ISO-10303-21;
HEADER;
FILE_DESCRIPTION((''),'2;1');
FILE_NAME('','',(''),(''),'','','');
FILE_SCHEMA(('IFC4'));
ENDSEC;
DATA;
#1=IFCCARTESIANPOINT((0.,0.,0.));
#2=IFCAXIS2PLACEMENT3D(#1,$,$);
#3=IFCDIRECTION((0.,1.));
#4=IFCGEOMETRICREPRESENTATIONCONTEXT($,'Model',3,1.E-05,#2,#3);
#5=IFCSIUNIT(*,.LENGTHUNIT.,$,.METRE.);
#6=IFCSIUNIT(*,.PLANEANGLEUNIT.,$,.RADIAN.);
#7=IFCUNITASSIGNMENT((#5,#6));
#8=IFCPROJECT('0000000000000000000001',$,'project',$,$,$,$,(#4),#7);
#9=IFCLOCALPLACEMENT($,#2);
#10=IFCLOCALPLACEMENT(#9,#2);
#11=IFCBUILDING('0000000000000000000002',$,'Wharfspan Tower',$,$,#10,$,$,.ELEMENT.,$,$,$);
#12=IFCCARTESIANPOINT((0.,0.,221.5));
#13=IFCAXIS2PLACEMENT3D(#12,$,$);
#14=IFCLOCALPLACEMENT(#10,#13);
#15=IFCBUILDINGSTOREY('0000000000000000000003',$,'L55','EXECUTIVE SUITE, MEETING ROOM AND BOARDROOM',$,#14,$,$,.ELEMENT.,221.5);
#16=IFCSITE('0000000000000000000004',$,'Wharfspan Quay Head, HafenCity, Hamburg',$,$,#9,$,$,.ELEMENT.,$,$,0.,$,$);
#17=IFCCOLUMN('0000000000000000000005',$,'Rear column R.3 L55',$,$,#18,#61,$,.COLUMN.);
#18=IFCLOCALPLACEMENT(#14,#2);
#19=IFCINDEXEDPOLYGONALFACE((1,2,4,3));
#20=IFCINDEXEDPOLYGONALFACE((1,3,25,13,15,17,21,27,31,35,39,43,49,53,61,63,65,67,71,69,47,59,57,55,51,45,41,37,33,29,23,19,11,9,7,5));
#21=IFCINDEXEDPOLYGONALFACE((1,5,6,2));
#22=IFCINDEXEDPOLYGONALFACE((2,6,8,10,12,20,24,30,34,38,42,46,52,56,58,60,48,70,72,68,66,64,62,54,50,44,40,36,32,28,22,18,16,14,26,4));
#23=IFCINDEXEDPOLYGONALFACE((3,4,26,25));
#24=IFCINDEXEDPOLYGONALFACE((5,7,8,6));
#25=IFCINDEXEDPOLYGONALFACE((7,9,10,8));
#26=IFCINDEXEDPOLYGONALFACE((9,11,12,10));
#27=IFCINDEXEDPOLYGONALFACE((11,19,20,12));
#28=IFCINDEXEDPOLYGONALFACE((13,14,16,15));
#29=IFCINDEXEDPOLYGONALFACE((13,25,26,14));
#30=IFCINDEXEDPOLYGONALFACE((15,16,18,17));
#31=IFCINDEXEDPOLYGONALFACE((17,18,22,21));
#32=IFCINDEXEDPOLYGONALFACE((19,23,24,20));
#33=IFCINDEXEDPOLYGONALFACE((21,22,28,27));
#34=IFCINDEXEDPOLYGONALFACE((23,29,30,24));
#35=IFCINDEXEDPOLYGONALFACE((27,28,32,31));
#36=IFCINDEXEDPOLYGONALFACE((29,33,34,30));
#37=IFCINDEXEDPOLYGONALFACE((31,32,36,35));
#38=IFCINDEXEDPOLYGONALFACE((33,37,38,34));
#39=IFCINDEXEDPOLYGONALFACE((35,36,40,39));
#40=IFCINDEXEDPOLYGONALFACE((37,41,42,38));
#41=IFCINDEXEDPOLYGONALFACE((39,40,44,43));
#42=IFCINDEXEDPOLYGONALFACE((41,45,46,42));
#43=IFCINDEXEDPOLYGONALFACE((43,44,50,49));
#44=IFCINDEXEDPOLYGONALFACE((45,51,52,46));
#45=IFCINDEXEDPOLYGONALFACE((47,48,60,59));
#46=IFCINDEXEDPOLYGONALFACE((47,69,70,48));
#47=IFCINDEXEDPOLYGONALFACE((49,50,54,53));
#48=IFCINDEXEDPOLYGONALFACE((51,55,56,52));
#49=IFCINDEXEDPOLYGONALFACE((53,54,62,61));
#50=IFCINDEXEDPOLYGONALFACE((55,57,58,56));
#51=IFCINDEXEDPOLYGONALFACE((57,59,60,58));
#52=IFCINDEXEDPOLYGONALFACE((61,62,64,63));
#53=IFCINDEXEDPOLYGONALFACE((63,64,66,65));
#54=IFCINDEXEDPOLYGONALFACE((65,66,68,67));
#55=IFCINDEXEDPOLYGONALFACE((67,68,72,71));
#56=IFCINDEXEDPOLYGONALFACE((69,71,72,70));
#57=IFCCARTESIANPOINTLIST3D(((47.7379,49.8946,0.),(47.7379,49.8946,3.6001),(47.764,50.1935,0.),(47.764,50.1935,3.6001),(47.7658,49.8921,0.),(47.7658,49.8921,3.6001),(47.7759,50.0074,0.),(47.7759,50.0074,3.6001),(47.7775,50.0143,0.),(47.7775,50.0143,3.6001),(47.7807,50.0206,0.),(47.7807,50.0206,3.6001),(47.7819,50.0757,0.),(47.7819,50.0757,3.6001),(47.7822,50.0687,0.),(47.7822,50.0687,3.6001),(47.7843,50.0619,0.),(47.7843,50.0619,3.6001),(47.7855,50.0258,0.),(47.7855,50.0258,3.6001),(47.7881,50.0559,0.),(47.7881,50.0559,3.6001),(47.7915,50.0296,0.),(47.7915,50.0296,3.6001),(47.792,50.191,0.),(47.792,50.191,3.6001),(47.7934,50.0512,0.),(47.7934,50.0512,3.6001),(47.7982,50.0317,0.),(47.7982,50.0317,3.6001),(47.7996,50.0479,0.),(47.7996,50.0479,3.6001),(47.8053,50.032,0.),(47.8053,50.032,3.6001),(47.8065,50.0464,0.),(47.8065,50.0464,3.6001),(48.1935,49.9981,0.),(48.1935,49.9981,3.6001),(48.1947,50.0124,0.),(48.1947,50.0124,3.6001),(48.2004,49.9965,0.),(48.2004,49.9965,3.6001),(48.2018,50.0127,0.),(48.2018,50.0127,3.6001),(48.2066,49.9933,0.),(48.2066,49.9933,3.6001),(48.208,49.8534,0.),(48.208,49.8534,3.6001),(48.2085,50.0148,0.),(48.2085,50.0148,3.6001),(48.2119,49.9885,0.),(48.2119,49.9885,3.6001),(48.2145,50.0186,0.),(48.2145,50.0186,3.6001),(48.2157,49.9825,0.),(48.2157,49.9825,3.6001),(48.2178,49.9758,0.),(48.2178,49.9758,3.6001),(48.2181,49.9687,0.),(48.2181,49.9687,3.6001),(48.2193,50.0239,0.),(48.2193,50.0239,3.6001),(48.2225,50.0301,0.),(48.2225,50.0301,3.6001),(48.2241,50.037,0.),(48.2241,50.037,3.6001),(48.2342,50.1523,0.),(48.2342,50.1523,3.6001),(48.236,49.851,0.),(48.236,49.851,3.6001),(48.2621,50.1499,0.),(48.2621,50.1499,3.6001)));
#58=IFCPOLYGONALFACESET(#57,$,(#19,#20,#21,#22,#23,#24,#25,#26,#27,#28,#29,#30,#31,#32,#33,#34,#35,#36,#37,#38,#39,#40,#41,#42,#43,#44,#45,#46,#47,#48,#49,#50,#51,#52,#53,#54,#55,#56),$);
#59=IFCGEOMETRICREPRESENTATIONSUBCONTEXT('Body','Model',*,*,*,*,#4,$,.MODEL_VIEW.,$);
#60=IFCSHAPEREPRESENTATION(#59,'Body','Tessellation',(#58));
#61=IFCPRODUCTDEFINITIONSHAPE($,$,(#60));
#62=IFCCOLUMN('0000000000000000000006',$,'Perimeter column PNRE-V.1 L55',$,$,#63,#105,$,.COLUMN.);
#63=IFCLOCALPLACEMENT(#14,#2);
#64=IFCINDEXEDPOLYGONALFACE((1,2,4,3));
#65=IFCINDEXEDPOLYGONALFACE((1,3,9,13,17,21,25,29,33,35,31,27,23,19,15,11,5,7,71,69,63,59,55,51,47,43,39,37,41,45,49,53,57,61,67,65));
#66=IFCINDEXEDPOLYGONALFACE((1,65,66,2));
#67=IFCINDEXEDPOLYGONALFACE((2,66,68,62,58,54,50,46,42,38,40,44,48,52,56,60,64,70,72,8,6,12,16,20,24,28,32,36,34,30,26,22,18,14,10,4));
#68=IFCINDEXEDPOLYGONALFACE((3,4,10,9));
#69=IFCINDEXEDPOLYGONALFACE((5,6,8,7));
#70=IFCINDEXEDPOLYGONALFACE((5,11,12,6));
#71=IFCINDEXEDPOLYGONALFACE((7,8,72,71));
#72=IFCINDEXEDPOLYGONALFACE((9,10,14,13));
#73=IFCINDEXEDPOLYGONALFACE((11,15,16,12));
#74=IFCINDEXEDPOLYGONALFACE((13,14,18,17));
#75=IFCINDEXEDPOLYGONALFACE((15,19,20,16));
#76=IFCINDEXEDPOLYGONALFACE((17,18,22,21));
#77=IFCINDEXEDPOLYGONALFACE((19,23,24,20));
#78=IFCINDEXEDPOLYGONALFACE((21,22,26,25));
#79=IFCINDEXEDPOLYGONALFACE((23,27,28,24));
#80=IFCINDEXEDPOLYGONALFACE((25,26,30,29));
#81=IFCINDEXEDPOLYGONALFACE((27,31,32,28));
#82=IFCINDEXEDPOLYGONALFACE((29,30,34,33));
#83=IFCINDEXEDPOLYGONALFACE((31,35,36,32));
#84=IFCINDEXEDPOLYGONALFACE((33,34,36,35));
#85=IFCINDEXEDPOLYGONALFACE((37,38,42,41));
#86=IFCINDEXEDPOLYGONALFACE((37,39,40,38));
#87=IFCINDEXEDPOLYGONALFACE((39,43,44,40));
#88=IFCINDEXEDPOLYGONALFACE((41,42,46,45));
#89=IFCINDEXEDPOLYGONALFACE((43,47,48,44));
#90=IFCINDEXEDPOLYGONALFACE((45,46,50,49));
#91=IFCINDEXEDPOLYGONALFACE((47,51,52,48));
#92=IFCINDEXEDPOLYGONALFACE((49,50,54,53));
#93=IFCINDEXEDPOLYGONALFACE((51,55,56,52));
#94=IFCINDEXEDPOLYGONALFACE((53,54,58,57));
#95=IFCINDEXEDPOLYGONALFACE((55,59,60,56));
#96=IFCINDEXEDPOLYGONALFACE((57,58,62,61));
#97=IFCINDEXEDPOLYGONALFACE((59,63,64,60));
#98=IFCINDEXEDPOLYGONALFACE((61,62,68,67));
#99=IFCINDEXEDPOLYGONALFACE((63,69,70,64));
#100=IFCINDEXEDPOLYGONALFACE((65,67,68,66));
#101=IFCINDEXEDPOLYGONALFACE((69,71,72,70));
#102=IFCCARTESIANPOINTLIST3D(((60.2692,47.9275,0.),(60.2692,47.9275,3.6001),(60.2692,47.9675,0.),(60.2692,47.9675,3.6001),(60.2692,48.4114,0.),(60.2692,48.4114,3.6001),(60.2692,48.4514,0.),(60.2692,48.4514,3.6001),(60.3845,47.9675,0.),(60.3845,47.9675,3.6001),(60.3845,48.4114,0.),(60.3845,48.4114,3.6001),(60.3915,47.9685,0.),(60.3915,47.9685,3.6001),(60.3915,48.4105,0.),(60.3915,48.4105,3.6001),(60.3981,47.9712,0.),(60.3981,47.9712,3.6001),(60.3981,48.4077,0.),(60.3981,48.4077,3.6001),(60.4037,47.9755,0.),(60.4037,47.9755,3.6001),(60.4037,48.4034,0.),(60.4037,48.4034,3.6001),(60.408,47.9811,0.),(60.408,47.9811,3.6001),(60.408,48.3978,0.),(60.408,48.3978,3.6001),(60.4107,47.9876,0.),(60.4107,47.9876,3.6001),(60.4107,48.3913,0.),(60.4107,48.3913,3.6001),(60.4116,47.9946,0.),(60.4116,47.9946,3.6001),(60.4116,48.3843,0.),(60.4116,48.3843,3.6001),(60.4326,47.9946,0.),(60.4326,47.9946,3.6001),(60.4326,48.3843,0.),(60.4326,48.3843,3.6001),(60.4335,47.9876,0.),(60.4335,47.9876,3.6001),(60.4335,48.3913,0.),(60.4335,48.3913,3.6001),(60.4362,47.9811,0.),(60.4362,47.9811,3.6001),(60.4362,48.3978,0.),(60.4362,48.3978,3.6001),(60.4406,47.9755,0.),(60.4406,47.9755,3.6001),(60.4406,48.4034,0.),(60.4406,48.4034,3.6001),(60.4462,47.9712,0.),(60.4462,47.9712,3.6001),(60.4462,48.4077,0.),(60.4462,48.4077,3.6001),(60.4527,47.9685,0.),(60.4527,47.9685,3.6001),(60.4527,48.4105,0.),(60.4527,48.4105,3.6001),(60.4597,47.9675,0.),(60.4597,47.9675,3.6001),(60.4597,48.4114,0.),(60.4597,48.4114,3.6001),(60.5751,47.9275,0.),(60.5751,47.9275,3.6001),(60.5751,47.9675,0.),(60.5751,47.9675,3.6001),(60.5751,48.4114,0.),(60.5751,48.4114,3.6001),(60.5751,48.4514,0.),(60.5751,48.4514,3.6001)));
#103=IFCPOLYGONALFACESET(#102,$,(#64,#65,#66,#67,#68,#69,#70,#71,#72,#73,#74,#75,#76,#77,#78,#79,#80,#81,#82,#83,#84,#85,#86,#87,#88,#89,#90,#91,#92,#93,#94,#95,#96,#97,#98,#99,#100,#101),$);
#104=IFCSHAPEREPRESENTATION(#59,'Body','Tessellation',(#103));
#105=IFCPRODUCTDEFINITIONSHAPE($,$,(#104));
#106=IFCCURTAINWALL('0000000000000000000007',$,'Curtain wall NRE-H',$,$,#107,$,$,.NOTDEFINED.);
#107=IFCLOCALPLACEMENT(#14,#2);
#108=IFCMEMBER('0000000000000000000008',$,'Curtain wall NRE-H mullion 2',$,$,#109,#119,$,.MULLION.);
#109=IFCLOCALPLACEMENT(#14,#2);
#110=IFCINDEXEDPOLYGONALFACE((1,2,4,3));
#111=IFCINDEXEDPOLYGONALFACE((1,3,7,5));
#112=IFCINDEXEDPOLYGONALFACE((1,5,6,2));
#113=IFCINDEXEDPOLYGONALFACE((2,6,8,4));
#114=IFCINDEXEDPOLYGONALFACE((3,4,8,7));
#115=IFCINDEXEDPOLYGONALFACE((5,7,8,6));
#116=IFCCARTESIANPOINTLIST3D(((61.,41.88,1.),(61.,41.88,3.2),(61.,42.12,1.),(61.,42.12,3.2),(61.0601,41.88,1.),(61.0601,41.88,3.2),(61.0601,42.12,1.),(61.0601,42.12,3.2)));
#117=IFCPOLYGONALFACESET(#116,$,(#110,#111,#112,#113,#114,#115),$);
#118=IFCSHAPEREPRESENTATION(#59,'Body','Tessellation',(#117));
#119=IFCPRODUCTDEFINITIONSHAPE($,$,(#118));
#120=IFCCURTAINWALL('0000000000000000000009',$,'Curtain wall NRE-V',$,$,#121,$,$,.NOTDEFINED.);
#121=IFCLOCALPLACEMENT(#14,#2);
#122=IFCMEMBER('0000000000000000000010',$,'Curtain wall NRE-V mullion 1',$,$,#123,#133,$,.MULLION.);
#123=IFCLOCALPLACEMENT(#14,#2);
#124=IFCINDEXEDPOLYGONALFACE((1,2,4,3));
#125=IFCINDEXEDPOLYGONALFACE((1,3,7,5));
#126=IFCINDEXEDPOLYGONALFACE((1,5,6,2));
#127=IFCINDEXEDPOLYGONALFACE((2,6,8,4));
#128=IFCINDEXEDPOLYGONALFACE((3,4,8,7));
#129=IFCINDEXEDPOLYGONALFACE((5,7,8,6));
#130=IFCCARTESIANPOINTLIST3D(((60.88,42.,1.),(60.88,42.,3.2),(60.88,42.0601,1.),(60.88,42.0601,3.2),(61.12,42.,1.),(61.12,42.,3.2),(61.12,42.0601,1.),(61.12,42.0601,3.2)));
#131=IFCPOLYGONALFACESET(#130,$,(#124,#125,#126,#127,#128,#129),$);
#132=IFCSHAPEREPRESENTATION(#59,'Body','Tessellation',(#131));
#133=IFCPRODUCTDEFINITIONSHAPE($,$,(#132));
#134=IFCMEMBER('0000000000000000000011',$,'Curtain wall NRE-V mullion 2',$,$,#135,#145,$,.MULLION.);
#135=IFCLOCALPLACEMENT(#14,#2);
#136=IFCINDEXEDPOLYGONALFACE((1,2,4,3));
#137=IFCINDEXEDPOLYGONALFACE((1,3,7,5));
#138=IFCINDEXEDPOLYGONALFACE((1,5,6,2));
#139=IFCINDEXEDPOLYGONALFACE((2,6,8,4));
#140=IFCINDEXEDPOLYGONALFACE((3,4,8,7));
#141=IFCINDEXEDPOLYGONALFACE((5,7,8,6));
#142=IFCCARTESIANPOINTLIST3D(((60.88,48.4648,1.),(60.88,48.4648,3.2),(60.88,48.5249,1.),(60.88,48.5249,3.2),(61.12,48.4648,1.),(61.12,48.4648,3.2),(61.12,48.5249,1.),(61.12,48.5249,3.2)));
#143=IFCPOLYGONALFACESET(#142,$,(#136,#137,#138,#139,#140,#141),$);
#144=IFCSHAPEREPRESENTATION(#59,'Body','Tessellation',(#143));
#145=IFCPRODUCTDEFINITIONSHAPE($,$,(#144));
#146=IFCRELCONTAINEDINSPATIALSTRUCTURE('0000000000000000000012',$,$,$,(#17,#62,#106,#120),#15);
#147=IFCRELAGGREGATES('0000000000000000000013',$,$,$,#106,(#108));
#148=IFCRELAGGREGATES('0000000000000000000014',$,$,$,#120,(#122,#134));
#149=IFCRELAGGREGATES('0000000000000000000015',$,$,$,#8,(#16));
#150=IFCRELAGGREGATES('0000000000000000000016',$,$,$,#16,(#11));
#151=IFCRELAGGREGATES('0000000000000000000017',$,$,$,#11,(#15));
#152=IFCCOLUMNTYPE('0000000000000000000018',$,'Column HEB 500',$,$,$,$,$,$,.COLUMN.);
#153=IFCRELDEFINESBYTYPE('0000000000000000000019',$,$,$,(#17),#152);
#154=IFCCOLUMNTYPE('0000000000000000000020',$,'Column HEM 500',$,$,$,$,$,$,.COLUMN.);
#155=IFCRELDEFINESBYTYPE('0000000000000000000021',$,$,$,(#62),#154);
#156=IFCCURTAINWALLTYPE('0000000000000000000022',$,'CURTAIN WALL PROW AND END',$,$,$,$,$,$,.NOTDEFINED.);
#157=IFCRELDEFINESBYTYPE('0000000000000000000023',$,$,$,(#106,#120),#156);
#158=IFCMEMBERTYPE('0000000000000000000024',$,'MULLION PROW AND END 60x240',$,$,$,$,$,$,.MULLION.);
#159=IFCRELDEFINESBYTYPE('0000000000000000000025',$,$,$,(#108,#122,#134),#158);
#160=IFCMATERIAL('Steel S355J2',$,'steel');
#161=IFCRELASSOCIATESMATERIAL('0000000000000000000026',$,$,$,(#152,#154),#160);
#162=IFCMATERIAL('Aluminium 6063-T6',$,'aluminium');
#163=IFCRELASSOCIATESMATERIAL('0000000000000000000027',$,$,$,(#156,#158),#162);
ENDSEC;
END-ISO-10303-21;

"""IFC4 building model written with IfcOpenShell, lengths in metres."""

from ifc_helpers import new_model, si_unit, direction, frame, origin, origin_2d, place, context, subcontext, project, spatial, rectangle, i_section, extrude, material, material_profile, profile_set, type_object, element, aggregate, save


model = new_model("IFC4")

# Units and contexts
model_context = context("Model", 3, precision=1e-05, world=origin(), true_north=direction((0.0, 1.0)))
body_context = subcontext(model_context, "Body", "Model", "MODEL_VIEW")
ifc_project = project(units=[si_unit("LENGTHUNIT", "METRE"), si_unit("PLANEANGLEUNIT", "RADIAN")], contexts=[model_context])

# Site, building, storey
site_placement = place(None, origin())
site = spatial("IfcSite", under=ifc_project, at=site_placement, Name="Wharfspan Quay Head, HafenCity, Hamburg", CompositionType="ELEMENT", RefElevation=0.0)
building_placement = place(site_placement, origin())
building = spatial("IfcBuilding", under=site, at=building_placement, Name="Wharfspan Tower", CompositionType="ELEMENT")
storey_placement = place(building_placement, frame((0.0, 0.0, 221.5)))
storey = spatial("IfcBuildingStorey", under=building, at=storey_placement, Name="L55", Description="EXECUTIVE SUITE, MEETING ROOM AND BOARDROOM", CompositionType="ELEMENT", Elevation=221.5)

# Columns
ifc_material_1 = material(Name="Steel S355J2", Category="steel")
ifc_material_profile_1 = material_profile(ifc_material_1, i_section(OverallWidth=0.3, OverallDepth=0.5, WebThickness=0.0144, FlangeThickness=0.0281, FilletRadius=0.0271, at=origin_2d()))
ifc_profile_set_1 = profile_set([ifc_material_profile_1], Name="Steel S355J2")
column_type_1 = type_object("IfcColumnType", Name="Column HEB 500", PredefinedType="COLUMN", material=ifc_profile_set_1)
column_1_placement = place(storey_placement, frame((48.0, 50.0222, 0.0), z_axis=(0.0, 0.0, 1.0), x_axis=(0.087156, 0.996197, 0.0)))
element("IfcColumn", 1, at=column_1_placement, inside=storey, type_object=column_type_1, Name="Rear column R.3 L55", PredefinedType="COLUMN", context=body_context, shape_type="SweptSolid", body=[
    extrude(i_section(OverallWidth=0.3, OverallDepth=0.5, WebThickness=0.0144, FlangeThickness=0.0281, FilletRadius=0.0271, at=origin_2d()), origin(), (0.0, 0.0, 1.0), 3.6001),
])
ifc_material_profile_2 = material_profile(ifc_material_1, i_section(OverallWidth=0.3059, OverallDepth=0.5239, WebThickness=0.021, FlangeThickness=0.04, FilletRadius=0.0271, at=origin_2d()))
ifc_profile_set_2 = profile_set([ifc_material_profile_2], Name="Steel S355J2")
column_type_2 = type_object("IfcColumnType", Name="Column HEM 500", PredefinedType="COLUMN", material=ifc_profile_set_2)
column_2_placement = place(storey_placement, frame((60.4221, 48.1895, 0.0), z_axis=(0.0, 0.0, 1.0), x_axis=(1.0, 0.0, 0.0)))
element("IfcColumn", 2, at=column_2_placement, inside=storey, type_object=column_type_2, Name="Perimeter column PNRE-V.1 L55", PredefinedType="COLUMN", context=body_context, shape_type="SweptSolid", body=[
    extrude(i_section(OverallWidth=0.3059, OverallDepth=0.5239, WebThickness=0.021, FlangeThickness=0.04, FilletRadius=0.0271, at=origin_2d()), origin(), (0.0, 0.0, 1.0), 3.6001),
])

# Curtain wall, member
ifc_material_2 = material(Name="Aluminium 6063-T6", Category="aluminium")
curtain_wall_type = type_object("IfcCurtainWallType", Name="CURTAIN WALL PROW AND END", PredefinedType="NOTDEFINED", material=ifc_material_2)
curtain_wall_1_placement = place(storey_placement, origin())
curtain_wall_1 = element("IfcCurtainWall", 3, at=curtain_wall_1_placement, inside=storey, type_object=curtain_wall_type, Name="Curtain wall NRE-H", PredefinedType="NOTDEFINED")
ifc_material_profile_3 = material_profile(ifc_material_2, rectangle(XDim=0.24, YDim=0.0601, at=origin_2d()))
ifc_profile_set_3 = profile_set([ifc_material_profile_3], Name="Aluminium 6063-T6")
member_type_1 = type_object("IfcMemberType", Name="MULLION PROW AND END 60x240", PredefinedType="MULLION", material=ifc_profile_set_3)
member_1_placement = place(storey_placement, frame((61.03, 42.0, 1.0), z_axis=(0.0, 0.0, 1.0), x_axis=(0.0, -1.0, 0.0)))
member_1 = element("IfcMember", 4, at=member_1_placement, type_object=member_type_1, Name="Curtain wall NRE-H mullion 2", PredefinedType="MULLION", context=body_context, shape_type="SweptSolid", body=[
    extrude(rectangle(XDim=0.24, YDim=0.0601, at=origin_2d()), origin(), (0.0, 0.0, 1.0), 2.2),
])
aggregate(curtain_wall_1, [member_1])

# Curtain wall, members
curtain_wall_2_placement = place(storey_placement, origin())
curtain_wall_2 = element("IfcCurtainWall", 5, at=curtain_wall_2_placement, inside=storey, type_object=curtain_wall_type, Name="Curtain wall NRE-V", PredefinedType="NOTDEFINED")
member_2_placement = place(storey_placement, frame((61.0, 42.03, 1.0), z_axis=(0.0, 0.0, 1.0), x_axis=(-1.0, 0.0, 0.0)))
member_2 = element("IfcMember", 6, at=member_2_placement, type_object=member_type_1, Name="Curtain wall NRE-V mullion 1", PredefinedType="MULLION", context=body_context, shape_type="SweptSolid", body=[
    extrude(rectangle(XDim=0.24, YDim=0.0601, at=origin_2d()), origin(), (0.0, 0.0, 1.0), 2.2),
])
member_3_placement = place(storey_placement, frame((61.0, 48.4949, 1.0), z_axis=(0.0, 0.0, 1.0), x_axis=(-1.0, 0.0, 0.0)))
member_3 = element("IfcMember", 7, at=member_3_placement, type_object=member_type_1, Name="Curtain wall NRE-V mullion 2", PredefinedType="MULLION", context=body_context, shape_type="SweptSolid", body=[
    extrude(rectangle(XDim=0.24, YDim=0.0601, at=origin_2d()), origin(), (0.0, 0.0, 1.0), 2.2),
])

aggregate(curtain_wall_2, [member_2, member_3])

save(model, "model.ifc")
